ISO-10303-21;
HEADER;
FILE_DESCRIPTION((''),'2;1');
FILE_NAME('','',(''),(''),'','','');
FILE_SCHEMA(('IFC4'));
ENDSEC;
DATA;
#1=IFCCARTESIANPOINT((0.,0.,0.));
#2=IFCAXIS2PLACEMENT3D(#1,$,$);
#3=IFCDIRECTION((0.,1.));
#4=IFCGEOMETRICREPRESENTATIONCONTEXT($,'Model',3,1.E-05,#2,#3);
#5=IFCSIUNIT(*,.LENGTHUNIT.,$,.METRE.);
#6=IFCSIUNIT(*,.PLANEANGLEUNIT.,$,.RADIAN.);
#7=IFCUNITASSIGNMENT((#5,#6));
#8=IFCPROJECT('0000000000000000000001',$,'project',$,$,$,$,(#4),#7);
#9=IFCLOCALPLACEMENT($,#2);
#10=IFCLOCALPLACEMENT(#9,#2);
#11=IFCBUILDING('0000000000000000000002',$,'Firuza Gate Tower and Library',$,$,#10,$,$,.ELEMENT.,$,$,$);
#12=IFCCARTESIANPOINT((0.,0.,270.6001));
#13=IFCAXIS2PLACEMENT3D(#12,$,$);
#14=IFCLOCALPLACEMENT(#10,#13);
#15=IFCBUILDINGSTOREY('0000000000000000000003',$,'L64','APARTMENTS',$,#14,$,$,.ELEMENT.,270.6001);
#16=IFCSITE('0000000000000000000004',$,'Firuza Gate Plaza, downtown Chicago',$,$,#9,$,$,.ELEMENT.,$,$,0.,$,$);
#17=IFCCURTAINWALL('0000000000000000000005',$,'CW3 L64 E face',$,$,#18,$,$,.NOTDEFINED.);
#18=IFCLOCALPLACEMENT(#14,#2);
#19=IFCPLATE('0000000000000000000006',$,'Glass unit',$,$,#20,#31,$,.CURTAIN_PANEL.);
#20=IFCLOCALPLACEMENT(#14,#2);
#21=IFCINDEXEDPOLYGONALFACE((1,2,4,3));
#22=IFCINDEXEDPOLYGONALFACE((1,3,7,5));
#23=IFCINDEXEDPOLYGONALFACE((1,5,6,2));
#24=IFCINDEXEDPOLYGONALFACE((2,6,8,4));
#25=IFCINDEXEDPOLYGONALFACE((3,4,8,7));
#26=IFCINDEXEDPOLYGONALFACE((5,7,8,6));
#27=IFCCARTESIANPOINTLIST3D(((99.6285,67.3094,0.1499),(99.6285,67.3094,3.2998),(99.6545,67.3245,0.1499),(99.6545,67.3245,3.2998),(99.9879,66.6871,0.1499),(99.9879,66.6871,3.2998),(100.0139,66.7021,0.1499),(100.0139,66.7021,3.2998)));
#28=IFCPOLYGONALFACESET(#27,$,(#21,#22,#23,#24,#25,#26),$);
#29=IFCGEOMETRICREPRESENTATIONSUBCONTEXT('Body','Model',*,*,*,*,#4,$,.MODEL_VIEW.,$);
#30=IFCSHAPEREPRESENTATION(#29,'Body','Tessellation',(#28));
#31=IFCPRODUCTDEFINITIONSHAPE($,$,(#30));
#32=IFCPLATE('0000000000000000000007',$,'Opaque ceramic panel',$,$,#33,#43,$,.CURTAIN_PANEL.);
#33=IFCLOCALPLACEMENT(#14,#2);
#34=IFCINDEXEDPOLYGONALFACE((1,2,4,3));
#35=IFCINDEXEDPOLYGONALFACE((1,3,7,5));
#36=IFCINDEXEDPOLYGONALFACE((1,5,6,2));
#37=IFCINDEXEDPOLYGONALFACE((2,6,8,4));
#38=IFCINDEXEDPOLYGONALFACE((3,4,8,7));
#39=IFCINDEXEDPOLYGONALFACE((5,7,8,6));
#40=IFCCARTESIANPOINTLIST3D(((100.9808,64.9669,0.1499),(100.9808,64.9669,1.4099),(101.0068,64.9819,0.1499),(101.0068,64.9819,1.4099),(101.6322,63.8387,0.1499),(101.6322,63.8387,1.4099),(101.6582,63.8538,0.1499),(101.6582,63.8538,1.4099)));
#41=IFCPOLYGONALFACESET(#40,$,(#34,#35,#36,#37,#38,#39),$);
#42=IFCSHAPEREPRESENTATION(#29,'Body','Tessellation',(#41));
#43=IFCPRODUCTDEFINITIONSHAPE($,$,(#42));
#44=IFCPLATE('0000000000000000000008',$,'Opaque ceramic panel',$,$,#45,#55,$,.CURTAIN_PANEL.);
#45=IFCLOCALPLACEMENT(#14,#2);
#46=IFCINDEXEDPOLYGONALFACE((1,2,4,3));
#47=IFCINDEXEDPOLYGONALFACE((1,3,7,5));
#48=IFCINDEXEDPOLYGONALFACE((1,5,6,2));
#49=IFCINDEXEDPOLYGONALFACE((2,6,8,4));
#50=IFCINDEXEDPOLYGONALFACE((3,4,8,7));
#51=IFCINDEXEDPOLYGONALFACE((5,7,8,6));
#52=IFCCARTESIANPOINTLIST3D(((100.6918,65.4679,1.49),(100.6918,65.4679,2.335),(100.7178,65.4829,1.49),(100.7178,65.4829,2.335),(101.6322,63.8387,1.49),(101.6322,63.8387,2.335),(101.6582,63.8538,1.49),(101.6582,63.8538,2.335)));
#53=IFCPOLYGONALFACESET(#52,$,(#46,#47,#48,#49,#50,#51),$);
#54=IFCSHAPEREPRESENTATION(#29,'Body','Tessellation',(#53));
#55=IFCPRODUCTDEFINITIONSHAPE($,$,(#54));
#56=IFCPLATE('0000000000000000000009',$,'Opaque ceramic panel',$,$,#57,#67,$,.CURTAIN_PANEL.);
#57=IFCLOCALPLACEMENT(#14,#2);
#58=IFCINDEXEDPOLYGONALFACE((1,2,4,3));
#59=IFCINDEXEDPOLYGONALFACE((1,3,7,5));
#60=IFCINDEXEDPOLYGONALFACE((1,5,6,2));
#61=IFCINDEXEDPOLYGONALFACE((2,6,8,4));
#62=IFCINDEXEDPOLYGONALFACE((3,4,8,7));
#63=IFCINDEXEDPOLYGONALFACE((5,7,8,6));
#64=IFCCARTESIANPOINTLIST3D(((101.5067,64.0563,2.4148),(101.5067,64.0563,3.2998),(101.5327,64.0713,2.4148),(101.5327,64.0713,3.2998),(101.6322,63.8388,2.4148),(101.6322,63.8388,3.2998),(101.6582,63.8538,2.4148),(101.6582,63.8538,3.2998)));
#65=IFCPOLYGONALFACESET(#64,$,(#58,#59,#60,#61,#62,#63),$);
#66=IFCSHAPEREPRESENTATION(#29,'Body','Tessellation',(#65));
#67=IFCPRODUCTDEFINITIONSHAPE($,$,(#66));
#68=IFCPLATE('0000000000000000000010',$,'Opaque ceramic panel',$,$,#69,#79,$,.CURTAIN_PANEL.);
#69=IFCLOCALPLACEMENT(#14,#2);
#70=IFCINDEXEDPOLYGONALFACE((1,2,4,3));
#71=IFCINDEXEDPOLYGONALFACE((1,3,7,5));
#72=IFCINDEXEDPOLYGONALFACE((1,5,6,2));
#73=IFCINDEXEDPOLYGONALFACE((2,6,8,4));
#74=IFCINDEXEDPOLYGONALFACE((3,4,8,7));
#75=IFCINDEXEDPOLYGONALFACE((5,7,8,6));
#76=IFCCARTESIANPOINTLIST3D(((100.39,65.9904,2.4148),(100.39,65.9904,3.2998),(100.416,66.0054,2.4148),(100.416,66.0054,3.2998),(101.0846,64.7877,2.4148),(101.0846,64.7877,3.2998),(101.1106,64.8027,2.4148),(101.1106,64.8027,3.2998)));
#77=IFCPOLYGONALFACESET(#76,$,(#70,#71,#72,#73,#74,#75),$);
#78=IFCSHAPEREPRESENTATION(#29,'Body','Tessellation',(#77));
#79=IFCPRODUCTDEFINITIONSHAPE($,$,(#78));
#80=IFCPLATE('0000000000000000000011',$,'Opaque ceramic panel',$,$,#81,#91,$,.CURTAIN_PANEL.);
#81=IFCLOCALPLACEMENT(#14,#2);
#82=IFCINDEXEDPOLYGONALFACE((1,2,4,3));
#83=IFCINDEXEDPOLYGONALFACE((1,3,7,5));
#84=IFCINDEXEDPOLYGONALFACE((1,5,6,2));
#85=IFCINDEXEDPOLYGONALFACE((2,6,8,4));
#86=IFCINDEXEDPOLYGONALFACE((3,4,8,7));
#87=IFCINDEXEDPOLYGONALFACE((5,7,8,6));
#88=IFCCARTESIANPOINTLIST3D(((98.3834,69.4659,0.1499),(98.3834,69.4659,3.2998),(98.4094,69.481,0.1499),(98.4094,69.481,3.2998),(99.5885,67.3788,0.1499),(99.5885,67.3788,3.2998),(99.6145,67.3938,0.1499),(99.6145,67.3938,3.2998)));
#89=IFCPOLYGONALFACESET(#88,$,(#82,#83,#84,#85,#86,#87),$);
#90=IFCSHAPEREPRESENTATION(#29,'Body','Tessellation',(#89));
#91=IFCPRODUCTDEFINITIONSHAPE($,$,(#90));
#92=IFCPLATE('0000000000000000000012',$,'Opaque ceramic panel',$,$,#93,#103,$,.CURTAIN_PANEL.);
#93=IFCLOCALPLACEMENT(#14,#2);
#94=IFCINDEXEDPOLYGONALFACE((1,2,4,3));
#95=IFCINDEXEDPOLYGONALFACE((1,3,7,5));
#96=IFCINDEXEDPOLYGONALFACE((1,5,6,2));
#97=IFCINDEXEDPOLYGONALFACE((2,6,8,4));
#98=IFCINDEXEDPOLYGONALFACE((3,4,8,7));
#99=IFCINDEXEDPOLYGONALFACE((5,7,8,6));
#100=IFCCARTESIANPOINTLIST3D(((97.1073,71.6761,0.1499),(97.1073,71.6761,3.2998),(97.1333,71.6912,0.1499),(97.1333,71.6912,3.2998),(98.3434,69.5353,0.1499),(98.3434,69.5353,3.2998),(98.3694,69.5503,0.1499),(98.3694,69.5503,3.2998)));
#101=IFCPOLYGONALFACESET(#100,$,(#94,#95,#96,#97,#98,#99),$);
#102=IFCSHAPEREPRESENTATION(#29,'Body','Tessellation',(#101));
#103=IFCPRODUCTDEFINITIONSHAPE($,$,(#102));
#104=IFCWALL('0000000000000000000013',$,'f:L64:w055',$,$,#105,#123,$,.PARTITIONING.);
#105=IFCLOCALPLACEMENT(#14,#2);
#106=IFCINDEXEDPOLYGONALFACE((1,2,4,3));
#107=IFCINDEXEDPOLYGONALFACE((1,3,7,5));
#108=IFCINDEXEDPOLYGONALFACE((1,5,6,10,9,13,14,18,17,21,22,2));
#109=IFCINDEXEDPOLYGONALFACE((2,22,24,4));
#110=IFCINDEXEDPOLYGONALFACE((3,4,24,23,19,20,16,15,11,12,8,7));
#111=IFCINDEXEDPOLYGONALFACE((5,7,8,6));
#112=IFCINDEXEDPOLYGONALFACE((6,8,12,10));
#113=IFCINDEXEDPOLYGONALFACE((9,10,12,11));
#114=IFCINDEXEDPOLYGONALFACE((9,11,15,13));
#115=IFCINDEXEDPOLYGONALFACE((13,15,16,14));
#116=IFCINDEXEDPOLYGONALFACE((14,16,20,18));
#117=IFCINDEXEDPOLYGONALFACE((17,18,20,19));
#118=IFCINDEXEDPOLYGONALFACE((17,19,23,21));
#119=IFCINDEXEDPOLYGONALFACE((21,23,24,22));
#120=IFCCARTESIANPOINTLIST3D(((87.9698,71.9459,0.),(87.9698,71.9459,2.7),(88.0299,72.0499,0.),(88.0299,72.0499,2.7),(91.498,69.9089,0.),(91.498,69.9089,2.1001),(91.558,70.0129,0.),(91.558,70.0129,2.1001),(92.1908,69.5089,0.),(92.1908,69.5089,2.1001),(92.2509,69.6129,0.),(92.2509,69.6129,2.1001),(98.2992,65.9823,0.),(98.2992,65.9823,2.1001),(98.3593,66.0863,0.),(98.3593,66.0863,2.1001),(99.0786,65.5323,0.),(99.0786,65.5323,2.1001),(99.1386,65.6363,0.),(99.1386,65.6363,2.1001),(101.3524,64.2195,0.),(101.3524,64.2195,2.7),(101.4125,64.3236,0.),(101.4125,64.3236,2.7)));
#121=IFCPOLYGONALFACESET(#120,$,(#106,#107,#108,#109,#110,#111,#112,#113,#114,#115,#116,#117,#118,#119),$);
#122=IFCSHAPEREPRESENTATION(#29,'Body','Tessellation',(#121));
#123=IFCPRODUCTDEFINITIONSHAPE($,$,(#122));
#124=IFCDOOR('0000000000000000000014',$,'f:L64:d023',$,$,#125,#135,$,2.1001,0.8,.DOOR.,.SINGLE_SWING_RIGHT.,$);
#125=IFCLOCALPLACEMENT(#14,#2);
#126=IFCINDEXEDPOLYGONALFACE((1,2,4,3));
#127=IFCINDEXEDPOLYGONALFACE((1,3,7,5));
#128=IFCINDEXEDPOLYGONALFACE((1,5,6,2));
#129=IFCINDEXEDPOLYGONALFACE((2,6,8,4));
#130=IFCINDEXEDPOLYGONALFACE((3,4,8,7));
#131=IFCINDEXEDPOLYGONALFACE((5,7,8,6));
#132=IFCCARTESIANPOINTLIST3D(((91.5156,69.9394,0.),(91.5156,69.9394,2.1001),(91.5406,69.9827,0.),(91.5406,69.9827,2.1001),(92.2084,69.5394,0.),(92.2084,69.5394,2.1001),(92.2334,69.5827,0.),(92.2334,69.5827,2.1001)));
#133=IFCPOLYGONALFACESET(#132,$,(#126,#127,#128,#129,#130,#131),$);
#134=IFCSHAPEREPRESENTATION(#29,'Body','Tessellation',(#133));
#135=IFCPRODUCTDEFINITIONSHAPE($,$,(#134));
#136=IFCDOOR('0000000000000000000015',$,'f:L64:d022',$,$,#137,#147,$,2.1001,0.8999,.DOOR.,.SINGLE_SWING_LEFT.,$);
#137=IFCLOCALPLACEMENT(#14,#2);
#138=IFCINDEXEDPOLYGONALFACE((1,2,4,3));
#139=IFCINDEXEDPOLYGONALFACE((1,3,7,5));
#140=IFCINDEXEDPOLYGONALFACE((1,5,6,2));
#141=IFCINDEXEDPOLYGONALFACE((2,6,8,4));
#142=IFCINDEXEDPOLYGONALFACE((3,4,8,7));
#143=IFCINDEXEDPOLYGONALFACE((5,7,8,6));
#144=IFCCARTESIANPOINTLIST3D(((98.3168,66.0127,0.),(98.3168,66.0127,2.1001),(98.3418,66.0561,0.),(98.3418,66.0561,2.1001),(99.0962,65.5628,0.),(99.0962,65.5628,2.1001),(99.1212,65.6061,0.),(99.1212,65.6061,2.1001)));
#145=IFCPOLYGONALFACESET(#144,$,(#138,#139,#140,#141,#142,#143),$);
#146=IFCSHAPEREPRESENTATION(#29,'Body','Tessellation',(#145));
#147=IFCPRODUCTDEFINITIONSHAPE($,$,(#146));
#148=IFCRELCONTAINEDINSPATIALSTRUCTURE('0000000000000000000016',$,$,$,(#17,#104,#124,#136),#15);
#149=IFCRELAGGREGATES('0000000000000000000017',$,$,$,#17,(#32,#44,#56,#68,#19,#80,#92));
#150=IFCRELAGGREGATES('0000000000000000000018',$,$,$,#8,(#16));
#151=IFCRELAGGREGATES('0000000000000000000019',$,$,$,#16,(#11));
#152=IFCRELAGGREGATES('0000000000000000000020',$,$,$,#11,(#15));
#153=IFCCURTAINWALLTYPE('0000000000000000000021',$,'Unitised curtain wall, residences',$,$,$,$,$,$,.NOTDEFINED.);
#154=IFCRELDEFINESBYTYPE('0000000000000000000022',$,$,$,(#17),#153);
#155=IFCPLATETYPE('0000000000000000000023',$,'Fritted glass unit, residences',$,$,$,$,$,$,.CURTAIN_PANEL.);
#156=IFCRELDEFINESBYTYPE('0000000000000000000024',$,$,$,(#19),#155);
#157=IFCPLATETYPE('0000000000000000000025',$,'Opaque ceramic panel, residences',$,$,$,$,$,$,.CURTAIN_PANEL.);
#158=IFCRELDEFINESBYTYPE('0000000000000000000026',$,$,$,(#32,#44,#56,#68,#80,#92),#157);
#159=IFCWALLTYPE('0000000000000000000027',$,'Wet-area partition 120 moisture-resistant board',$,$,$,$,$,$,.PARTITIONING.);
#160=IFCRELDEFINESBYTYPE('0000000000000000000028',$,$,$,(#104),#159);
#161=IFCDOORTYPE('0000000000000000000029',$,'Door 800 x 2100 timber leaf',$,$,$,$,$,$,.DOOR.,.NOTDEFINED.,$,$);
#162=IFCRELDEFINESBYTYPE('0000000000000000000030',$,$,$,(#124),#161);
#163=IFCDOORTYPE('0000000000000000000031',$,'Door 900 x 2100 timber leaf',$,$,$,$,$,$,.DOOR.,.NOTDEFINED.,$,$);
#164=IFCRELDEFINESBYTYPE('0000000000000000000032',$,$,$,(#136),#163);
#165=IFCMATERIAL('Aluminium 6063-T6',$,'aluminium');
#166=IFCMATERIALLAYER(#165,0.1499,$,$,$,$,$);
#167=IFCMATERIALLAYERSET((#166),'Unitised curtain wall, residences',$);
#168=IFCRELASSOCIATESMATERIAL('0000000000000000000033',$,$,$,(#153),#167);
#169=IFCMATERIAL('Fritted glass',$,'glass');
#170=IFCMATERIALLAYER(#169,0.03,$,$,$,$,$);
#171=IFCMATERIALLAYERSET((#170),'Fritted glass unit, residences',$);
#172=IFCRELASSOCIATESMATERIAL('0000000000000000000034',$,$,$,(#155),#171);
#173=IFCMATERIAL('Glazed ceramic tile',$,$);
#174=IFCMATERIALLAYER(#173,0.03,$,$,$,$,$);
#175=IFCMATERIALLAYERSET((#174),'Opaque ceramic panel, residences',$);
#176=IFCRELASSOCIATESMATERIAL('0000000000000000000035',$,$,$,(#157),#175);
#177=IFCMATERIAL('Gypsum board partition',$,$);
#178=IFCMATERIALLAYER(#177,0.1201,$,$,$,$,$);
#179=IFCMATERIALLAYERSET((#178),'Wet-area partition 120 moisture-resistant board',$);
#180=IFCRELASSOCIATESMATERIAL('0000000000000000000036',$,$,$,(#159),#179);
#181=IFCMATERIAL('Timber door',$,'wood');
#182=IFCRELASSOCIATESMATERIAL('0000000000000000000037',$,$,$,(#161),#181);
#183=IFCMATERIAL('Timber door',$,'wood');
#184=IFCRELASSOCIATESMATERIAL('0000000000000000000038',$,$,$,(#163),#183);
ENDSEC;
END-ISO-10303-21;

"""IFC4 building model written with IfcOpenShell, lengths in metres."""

from ifc_helpers import new_model, si_unit, direction, frame, frame_2d, origin, place, context, subcontext, project, spatial, polyline, rectangle, outline, extrude, material, layer, layer_set, type_object, element, fill, aggregate, save


model = new_model("IFC4")

# Units and contexts
model_context = context("Model", 3, precision=1e-05, world=origin(), true_north=direction((0.0, 1.0)))
body_context = subcontext(model_context, "Body", "Model", "MODEL_VIEW")
ifc_project = project(units=[si_unit("LENGTHUNIT", "METRE"), si_unit("PLANEANGLEUNIT", "RADIAN")], contexts=[model_context])

# Site, building, storey
site_placement = place(None, origin())
site = spatial("IfcSite", under=ifc_project, at=site_placement, Name="Firuza Gate Plaza, downtown Chicago", CompositionType="ELEMENT", RefElevation=0.0)
building_placement = place(site_placement, origin())
building = spatial("IfcBuilding", under=site, at=building_placement, Name="Firuza Gate Tower and Library", CompositionType="ELEMENT")
storey_placement = place(building_placement, frame((0.0, 0.0, 270.6001)))
storey = spatial("IfcBuildingStorey", under=building, at=storey_placement, Name="L64", Description="APARTMENTS", CompositionType="ELEMENT", Elevation=270.6001)

# Curtain wall
ifc_material_1 = material(Name="Aluminium 6063-T6", Category="aluminium")
ifc_layer_1 = layer(ifc_material_1, 0.1499)
ifc_layer_set_1 = layer_set([ifc_layer_1], Name="Unitised curtain wall, residences")
curtain_wall_type = type_object("IfcCurtainWallType", Name="Unitised curtain wall, residences", PredefinedType="NOTDEFINED", material=ifc_layer_set_1)
curtain_wall_placement = place(storey_placement, origin())
curtain_wall = element("IfcCurtainWall", 1, at=curtain_wall_placement, inside=storey, type_object=curtain_wall_type, Name="CW3 L64 E face", PredefinedType="NOTDEFINED")

# Plates
ifc_material_2 = material(Name="Fritted glass", Category="glass")
ifc_layer_2 = layer(ifc_material_2, 0.03)
ifc_layer_set_2 = layer_set([ifc_layer_2], Name="Fritted glass unit, residences")
plate_type_1 = type_object("IfcPlateType", Name="Fritted glass unit, residences", PredefinedType="CURTAIN_PANEL", material=ifc_layer_set_2)
plate_1_placement = place(storey_placement, frame((100.0139, 66.7021, 0.1499), z_axis=(0.865976, 0.500085, 0.0), x_axis=(-0.500085, 0.865976, 0.0)))
plate_1 = element("IfcPlate", 2, at=plate_1_placement, type_object=plate_type_1, Name="Glass unit", PredefinedType="CURTAIN_PANEL", context=body_context, shape_type="SweptSolid", body=[
    extrude(outline(polyline([(0.0, 0.0), (0.7186, 0.0), (0.7186, 3.1499), (0.0, 3.1499), (0.0, 0.0)])), origin(), (0.0, 0.0, -1.0), 0.03),
])
ifc_material_3 = material(Name="Glazed ceramic tile")
ifc_layer_3 = layer(ifc_material_3, 0.03)
ifc_layer_set_3 = layer_set([ifc_layer_3], Name="Opaque ceramic panel, residences")
plate_type_2 = type_object("IfcPlateType", Name="Opaque ceramic panel, residences", PredefinedType="CURTAIN_PANEL", material=ifc_layer_set_3)
plate_2_placement = place(storey_placement, frame((101.6582, 63.8538, 0.1499), z_axis=(0.86602, 0.500009, 0.0), x_axis=(-0.500009, 0.86602, 0.0)))
plate_2 = element("IfcPlate", 3, at=plate_2_placement, type_object=plate_type_2, Name="Opaque ceramic panel", PredefinedType="CURTAIN_PANEL", context=body_context, shape_type="SweptSolid", body=[
    extrude(outline(polyline([(0.0, 0.0), (1.3027, 0.0), (1.3027, 1.26), (0.0, 1.26), (0.0, 0.0)])), origin(), (0.0, 0.0, -1.0), 0.03),
])
plate_3_placement = place(storey_placement, frame((101.6582, 63.8538, 1.49), z_axis=(0.866062, 0.499936, 0.0), x_axis=(-0.499936, 0.866062, 0.0)))
plate_3 = element("IfcPlate", 4, at=plate_3_placement, type_object=plate_type_2, Name="Opaque ceramic panel", PredefinedType="CURTAIN_PANEL", context=body_context, shape_type="SweptSolid", body=[
    extrude(outline(polyline([(0.0, 0.0), (1.8811, 0.0), (1.8811, 0.845), (0.0, 0.845), (0.0, 0.0)])), origin(), (0.0, 0.0, -1.0), 0.03),
])
plate_4_placement = place(storey_placement, frame((101.6582, 63.8538, 2.4148), z_axis=(0.866202, 0.499694, 0.0), x_axis=(-0.499694, 0.866202, 0.0)))
plate_4 = element("IfcPlate", 5, at=plate_4_placement, type_object=plate_type_2, Name="Opaque ceramic panel", PredefinedType="CURTAIN_PANEL", context=body_context, shape_type="SweptSolid", body=[
    extrude(outline(polyline([(0.0, 0.0), (0.2511, 0.0), (0.2511, 0.885), (0.0, 0.885), (0.0, 0.0)])), origin(), (0.0, 0.0, -1.0), 0.03),
])
plate_5_placement = place(storey_placement, frame((101.1106, 64.8027, 2.4148), z_axis=(0.865951, 0.500128, 0.0), x_axis=(-0.500128, 0.865951, 0.0)))
plate_5 = element("IfcPlate", 6, at=plate_5_placement, type_object=plate_type_2, Name="Opaque ceramic panel", PredefinedType="CURTAIN_PANEL", context=body_context, shape_type="SweptSolid", body=[
    extrude(outline(polyline([(0.0, 0.0), (1.3888, 0.0), (1.3888, 0.885), (0.0, 0.885), (0.0, 0.0)])), origin(), (0.0, 0.0, -1.0), 0.03),
])
plate_6_placement = place(storey_placement, frame((99.6145, 67.3938, 0.1499), z_axis=(0.866015, 0.500018, 0.0), x_axis=(-0.500018, 0.866015, 0.0)))
plate_6 = element("IfcPlate", 7, at=plate_6_placement, type_object=plate_type_2, Name="Opaque ceramic panel", PredefinedType="CURTAIN_PANEL", context=body_context, shape_type="SweptSolid", body=[
    extrude(outline(polyline([(0.0, 0.0), (2.4101, 0.0), (2.4101, 3.1499), (0.0, 3.1499), (0.0, 0.0)])), origin(), (0.0, 0.0, -1.0), 0.03),
])
plate_7_placement = place(storey_placement, frame((98.3694, 69.5503, 0.1499), z_axis=(0.866016, 0.500016, 0.0), x_axis=(-0.500016, 0.866016, 0.0)))
plate_7 = element("IfcPlate", 8, at=plate_7_placement, type_object=plate_type_2, Name="Opaque ceramic panel", PredefinedType="CURTAIN_PANEL", context=body_context, shape_type="SweptSolid", body=[
    extrude(outline(polyline([(0.0, 0.0), (2.4721, 0.0), (2.4721, 3.1499), (0.0, 3.1499), (0.0, 0.0)])), origin(), (0.0, 0.0, -1.0), 0.03),
])
aggregate(curtain_wall, [plate_2, plate_3, plate_4, plate_5, plate_1, plate_6, plate_7])

# Wall, openings, doors
ifc_material_4 = material(Name="Gypsum board partition")
ifc_layer_4 = layer(ifc_material_4, 0.1201)
ifc_layer_set_4 = layer_set([ifc_layer_4], Name="Wet-area partition 120 moisture-resistant board")
wall_type = type_object("IfcWallType", Name="Wet-area partition 120 moisture-resistant board", PredefinedType="PARTITIONING", material=ifc_layer_set_4)
wall_placement = place(storey_placement, frame((101.3826, 64.2715, 0.0), z_axis=(0.0, 0.0, 1.0), x_axis=(-0.866029, 0.499995, 0.0)))
wall = element("IfcWall", 9, at=wall_placement, inside=storey, type_object=wall_type, Name="f:L64:w055", PredefinedType="PARTITIONING", context=body_context, shape_type="SweptSolid", body=[
    extrude(rectangle(XDim=15.4529, YDim=0.1201, at=frame_2d((7.7266, 0.0))), origin(), (0.0, 0.0, 1.0), 2.7),
])
opening_1_placement = place(wall_placement, frame((2.6257, 0.0, 0.0)))
opening_1 = element("IfcOpeningElement", 10, at=opening_1_placement, cuts=wall, PredefinedType="OPENING", context=body_context, shape_type="SweptSolid", body=[
    extrude(rectangle(XDim=0.8999, YDim=2.1001, at=frame_2d((0.45, 1.05))), frame((0.0, 0.0701, 0.0), z_axis=(0.0, -1.0, 0.0), x_axis=(1.0, 0.0, 0.0)), (0.0, 0.0, 1.0), 0.1401),
])
opening_2_placement = place(wall_placement, frame((10.5791, 0.0, 0.0)))
opening_2 = element("IfcOpeningElement", 11, at=opening_2_placement, cuts=wall, PredefinedType="OPENING", context=body_context, shape_type="SweptSolid", body=[
    extrude(rectangle(XDim=0.8, YDim=2.1001, at=frame_2d((0.3999, 1.05))), frame((0.0, 0.0701, 0.0), z_axis=(0.0, -1.0, 0.0), x_axis=(1.0, 0.0, 0.0)), (0.0, 0.0, 1.0), 0.1401),
])
ifc_material_5 = material(Name="Timber door", Category="wood")
door_type_1 = type_object("IfcDoorType", Name="Door 800 x 2100 timber leaf", OperationType="NOTDEFINED", PredefinedType="DOOR", material=ifc_material_5)
door_1_placement = place(opening_2_placement, origin())
door_1 = element("IfcDoor", 12, at=door_1_placement, inside=storey, type_object=door_type_1, Name="f:L64:d023", OperationType="SINGLE_SWING_RIGHT", OverallHeight=2.1001, OverallWidth=0.8, PredefinedType="DOOR", context=body_context, shape_type="SweptSolid", body=[
    extrude(rectangle(XDim=0.8, YDim=2.1001, at=frame_2d((0.3999, 1.05))), frame((0.0, 0.0249, 0.0), z_axis=(0.0, -1.0, 0.0), x_axis=(1.0, 0.0, 0.0)), (0.0, 0.0, 1.0), 0.05),
])
fill(opening_2, door_1)
ifc_material_6 = material(Name="Timber door", Category="wood")
door_type_2 = type_object("IfcDoorType", Name="Door 900 x 2100 timber leaf", OperationType="NOTDEFINED", PredefinedType="DOOR", material=ifc_material_6)
door_2_placement = place(opening_1_placement, origin())
door_2 = element("IfcDoor", 13, at=door_2_placement, inside=storey, type_object=door_type_2, Name="f:L64:d022", OperationType="SINGLE_SWING_LEFT", OverallHeight=2.1001, OverallWidth=0.8999, PredefinedType="DOOR", context=body_context, shape_type="SweptSolid", body=[
    extrude(rectangle(XDim=0.8999, YDim=2.1001, at=frame_2d((0.45, 1.05))), frame((0.0, 0.0249, 0.0), z_axis=(0.0, -1.0, 0.0), x_axis=(1.0, 0.0, 0.0)), (0.0, 0.0, 1.0), 0.05),
])
fill(opening_1, door_2)

save(model, "model.ifc")
